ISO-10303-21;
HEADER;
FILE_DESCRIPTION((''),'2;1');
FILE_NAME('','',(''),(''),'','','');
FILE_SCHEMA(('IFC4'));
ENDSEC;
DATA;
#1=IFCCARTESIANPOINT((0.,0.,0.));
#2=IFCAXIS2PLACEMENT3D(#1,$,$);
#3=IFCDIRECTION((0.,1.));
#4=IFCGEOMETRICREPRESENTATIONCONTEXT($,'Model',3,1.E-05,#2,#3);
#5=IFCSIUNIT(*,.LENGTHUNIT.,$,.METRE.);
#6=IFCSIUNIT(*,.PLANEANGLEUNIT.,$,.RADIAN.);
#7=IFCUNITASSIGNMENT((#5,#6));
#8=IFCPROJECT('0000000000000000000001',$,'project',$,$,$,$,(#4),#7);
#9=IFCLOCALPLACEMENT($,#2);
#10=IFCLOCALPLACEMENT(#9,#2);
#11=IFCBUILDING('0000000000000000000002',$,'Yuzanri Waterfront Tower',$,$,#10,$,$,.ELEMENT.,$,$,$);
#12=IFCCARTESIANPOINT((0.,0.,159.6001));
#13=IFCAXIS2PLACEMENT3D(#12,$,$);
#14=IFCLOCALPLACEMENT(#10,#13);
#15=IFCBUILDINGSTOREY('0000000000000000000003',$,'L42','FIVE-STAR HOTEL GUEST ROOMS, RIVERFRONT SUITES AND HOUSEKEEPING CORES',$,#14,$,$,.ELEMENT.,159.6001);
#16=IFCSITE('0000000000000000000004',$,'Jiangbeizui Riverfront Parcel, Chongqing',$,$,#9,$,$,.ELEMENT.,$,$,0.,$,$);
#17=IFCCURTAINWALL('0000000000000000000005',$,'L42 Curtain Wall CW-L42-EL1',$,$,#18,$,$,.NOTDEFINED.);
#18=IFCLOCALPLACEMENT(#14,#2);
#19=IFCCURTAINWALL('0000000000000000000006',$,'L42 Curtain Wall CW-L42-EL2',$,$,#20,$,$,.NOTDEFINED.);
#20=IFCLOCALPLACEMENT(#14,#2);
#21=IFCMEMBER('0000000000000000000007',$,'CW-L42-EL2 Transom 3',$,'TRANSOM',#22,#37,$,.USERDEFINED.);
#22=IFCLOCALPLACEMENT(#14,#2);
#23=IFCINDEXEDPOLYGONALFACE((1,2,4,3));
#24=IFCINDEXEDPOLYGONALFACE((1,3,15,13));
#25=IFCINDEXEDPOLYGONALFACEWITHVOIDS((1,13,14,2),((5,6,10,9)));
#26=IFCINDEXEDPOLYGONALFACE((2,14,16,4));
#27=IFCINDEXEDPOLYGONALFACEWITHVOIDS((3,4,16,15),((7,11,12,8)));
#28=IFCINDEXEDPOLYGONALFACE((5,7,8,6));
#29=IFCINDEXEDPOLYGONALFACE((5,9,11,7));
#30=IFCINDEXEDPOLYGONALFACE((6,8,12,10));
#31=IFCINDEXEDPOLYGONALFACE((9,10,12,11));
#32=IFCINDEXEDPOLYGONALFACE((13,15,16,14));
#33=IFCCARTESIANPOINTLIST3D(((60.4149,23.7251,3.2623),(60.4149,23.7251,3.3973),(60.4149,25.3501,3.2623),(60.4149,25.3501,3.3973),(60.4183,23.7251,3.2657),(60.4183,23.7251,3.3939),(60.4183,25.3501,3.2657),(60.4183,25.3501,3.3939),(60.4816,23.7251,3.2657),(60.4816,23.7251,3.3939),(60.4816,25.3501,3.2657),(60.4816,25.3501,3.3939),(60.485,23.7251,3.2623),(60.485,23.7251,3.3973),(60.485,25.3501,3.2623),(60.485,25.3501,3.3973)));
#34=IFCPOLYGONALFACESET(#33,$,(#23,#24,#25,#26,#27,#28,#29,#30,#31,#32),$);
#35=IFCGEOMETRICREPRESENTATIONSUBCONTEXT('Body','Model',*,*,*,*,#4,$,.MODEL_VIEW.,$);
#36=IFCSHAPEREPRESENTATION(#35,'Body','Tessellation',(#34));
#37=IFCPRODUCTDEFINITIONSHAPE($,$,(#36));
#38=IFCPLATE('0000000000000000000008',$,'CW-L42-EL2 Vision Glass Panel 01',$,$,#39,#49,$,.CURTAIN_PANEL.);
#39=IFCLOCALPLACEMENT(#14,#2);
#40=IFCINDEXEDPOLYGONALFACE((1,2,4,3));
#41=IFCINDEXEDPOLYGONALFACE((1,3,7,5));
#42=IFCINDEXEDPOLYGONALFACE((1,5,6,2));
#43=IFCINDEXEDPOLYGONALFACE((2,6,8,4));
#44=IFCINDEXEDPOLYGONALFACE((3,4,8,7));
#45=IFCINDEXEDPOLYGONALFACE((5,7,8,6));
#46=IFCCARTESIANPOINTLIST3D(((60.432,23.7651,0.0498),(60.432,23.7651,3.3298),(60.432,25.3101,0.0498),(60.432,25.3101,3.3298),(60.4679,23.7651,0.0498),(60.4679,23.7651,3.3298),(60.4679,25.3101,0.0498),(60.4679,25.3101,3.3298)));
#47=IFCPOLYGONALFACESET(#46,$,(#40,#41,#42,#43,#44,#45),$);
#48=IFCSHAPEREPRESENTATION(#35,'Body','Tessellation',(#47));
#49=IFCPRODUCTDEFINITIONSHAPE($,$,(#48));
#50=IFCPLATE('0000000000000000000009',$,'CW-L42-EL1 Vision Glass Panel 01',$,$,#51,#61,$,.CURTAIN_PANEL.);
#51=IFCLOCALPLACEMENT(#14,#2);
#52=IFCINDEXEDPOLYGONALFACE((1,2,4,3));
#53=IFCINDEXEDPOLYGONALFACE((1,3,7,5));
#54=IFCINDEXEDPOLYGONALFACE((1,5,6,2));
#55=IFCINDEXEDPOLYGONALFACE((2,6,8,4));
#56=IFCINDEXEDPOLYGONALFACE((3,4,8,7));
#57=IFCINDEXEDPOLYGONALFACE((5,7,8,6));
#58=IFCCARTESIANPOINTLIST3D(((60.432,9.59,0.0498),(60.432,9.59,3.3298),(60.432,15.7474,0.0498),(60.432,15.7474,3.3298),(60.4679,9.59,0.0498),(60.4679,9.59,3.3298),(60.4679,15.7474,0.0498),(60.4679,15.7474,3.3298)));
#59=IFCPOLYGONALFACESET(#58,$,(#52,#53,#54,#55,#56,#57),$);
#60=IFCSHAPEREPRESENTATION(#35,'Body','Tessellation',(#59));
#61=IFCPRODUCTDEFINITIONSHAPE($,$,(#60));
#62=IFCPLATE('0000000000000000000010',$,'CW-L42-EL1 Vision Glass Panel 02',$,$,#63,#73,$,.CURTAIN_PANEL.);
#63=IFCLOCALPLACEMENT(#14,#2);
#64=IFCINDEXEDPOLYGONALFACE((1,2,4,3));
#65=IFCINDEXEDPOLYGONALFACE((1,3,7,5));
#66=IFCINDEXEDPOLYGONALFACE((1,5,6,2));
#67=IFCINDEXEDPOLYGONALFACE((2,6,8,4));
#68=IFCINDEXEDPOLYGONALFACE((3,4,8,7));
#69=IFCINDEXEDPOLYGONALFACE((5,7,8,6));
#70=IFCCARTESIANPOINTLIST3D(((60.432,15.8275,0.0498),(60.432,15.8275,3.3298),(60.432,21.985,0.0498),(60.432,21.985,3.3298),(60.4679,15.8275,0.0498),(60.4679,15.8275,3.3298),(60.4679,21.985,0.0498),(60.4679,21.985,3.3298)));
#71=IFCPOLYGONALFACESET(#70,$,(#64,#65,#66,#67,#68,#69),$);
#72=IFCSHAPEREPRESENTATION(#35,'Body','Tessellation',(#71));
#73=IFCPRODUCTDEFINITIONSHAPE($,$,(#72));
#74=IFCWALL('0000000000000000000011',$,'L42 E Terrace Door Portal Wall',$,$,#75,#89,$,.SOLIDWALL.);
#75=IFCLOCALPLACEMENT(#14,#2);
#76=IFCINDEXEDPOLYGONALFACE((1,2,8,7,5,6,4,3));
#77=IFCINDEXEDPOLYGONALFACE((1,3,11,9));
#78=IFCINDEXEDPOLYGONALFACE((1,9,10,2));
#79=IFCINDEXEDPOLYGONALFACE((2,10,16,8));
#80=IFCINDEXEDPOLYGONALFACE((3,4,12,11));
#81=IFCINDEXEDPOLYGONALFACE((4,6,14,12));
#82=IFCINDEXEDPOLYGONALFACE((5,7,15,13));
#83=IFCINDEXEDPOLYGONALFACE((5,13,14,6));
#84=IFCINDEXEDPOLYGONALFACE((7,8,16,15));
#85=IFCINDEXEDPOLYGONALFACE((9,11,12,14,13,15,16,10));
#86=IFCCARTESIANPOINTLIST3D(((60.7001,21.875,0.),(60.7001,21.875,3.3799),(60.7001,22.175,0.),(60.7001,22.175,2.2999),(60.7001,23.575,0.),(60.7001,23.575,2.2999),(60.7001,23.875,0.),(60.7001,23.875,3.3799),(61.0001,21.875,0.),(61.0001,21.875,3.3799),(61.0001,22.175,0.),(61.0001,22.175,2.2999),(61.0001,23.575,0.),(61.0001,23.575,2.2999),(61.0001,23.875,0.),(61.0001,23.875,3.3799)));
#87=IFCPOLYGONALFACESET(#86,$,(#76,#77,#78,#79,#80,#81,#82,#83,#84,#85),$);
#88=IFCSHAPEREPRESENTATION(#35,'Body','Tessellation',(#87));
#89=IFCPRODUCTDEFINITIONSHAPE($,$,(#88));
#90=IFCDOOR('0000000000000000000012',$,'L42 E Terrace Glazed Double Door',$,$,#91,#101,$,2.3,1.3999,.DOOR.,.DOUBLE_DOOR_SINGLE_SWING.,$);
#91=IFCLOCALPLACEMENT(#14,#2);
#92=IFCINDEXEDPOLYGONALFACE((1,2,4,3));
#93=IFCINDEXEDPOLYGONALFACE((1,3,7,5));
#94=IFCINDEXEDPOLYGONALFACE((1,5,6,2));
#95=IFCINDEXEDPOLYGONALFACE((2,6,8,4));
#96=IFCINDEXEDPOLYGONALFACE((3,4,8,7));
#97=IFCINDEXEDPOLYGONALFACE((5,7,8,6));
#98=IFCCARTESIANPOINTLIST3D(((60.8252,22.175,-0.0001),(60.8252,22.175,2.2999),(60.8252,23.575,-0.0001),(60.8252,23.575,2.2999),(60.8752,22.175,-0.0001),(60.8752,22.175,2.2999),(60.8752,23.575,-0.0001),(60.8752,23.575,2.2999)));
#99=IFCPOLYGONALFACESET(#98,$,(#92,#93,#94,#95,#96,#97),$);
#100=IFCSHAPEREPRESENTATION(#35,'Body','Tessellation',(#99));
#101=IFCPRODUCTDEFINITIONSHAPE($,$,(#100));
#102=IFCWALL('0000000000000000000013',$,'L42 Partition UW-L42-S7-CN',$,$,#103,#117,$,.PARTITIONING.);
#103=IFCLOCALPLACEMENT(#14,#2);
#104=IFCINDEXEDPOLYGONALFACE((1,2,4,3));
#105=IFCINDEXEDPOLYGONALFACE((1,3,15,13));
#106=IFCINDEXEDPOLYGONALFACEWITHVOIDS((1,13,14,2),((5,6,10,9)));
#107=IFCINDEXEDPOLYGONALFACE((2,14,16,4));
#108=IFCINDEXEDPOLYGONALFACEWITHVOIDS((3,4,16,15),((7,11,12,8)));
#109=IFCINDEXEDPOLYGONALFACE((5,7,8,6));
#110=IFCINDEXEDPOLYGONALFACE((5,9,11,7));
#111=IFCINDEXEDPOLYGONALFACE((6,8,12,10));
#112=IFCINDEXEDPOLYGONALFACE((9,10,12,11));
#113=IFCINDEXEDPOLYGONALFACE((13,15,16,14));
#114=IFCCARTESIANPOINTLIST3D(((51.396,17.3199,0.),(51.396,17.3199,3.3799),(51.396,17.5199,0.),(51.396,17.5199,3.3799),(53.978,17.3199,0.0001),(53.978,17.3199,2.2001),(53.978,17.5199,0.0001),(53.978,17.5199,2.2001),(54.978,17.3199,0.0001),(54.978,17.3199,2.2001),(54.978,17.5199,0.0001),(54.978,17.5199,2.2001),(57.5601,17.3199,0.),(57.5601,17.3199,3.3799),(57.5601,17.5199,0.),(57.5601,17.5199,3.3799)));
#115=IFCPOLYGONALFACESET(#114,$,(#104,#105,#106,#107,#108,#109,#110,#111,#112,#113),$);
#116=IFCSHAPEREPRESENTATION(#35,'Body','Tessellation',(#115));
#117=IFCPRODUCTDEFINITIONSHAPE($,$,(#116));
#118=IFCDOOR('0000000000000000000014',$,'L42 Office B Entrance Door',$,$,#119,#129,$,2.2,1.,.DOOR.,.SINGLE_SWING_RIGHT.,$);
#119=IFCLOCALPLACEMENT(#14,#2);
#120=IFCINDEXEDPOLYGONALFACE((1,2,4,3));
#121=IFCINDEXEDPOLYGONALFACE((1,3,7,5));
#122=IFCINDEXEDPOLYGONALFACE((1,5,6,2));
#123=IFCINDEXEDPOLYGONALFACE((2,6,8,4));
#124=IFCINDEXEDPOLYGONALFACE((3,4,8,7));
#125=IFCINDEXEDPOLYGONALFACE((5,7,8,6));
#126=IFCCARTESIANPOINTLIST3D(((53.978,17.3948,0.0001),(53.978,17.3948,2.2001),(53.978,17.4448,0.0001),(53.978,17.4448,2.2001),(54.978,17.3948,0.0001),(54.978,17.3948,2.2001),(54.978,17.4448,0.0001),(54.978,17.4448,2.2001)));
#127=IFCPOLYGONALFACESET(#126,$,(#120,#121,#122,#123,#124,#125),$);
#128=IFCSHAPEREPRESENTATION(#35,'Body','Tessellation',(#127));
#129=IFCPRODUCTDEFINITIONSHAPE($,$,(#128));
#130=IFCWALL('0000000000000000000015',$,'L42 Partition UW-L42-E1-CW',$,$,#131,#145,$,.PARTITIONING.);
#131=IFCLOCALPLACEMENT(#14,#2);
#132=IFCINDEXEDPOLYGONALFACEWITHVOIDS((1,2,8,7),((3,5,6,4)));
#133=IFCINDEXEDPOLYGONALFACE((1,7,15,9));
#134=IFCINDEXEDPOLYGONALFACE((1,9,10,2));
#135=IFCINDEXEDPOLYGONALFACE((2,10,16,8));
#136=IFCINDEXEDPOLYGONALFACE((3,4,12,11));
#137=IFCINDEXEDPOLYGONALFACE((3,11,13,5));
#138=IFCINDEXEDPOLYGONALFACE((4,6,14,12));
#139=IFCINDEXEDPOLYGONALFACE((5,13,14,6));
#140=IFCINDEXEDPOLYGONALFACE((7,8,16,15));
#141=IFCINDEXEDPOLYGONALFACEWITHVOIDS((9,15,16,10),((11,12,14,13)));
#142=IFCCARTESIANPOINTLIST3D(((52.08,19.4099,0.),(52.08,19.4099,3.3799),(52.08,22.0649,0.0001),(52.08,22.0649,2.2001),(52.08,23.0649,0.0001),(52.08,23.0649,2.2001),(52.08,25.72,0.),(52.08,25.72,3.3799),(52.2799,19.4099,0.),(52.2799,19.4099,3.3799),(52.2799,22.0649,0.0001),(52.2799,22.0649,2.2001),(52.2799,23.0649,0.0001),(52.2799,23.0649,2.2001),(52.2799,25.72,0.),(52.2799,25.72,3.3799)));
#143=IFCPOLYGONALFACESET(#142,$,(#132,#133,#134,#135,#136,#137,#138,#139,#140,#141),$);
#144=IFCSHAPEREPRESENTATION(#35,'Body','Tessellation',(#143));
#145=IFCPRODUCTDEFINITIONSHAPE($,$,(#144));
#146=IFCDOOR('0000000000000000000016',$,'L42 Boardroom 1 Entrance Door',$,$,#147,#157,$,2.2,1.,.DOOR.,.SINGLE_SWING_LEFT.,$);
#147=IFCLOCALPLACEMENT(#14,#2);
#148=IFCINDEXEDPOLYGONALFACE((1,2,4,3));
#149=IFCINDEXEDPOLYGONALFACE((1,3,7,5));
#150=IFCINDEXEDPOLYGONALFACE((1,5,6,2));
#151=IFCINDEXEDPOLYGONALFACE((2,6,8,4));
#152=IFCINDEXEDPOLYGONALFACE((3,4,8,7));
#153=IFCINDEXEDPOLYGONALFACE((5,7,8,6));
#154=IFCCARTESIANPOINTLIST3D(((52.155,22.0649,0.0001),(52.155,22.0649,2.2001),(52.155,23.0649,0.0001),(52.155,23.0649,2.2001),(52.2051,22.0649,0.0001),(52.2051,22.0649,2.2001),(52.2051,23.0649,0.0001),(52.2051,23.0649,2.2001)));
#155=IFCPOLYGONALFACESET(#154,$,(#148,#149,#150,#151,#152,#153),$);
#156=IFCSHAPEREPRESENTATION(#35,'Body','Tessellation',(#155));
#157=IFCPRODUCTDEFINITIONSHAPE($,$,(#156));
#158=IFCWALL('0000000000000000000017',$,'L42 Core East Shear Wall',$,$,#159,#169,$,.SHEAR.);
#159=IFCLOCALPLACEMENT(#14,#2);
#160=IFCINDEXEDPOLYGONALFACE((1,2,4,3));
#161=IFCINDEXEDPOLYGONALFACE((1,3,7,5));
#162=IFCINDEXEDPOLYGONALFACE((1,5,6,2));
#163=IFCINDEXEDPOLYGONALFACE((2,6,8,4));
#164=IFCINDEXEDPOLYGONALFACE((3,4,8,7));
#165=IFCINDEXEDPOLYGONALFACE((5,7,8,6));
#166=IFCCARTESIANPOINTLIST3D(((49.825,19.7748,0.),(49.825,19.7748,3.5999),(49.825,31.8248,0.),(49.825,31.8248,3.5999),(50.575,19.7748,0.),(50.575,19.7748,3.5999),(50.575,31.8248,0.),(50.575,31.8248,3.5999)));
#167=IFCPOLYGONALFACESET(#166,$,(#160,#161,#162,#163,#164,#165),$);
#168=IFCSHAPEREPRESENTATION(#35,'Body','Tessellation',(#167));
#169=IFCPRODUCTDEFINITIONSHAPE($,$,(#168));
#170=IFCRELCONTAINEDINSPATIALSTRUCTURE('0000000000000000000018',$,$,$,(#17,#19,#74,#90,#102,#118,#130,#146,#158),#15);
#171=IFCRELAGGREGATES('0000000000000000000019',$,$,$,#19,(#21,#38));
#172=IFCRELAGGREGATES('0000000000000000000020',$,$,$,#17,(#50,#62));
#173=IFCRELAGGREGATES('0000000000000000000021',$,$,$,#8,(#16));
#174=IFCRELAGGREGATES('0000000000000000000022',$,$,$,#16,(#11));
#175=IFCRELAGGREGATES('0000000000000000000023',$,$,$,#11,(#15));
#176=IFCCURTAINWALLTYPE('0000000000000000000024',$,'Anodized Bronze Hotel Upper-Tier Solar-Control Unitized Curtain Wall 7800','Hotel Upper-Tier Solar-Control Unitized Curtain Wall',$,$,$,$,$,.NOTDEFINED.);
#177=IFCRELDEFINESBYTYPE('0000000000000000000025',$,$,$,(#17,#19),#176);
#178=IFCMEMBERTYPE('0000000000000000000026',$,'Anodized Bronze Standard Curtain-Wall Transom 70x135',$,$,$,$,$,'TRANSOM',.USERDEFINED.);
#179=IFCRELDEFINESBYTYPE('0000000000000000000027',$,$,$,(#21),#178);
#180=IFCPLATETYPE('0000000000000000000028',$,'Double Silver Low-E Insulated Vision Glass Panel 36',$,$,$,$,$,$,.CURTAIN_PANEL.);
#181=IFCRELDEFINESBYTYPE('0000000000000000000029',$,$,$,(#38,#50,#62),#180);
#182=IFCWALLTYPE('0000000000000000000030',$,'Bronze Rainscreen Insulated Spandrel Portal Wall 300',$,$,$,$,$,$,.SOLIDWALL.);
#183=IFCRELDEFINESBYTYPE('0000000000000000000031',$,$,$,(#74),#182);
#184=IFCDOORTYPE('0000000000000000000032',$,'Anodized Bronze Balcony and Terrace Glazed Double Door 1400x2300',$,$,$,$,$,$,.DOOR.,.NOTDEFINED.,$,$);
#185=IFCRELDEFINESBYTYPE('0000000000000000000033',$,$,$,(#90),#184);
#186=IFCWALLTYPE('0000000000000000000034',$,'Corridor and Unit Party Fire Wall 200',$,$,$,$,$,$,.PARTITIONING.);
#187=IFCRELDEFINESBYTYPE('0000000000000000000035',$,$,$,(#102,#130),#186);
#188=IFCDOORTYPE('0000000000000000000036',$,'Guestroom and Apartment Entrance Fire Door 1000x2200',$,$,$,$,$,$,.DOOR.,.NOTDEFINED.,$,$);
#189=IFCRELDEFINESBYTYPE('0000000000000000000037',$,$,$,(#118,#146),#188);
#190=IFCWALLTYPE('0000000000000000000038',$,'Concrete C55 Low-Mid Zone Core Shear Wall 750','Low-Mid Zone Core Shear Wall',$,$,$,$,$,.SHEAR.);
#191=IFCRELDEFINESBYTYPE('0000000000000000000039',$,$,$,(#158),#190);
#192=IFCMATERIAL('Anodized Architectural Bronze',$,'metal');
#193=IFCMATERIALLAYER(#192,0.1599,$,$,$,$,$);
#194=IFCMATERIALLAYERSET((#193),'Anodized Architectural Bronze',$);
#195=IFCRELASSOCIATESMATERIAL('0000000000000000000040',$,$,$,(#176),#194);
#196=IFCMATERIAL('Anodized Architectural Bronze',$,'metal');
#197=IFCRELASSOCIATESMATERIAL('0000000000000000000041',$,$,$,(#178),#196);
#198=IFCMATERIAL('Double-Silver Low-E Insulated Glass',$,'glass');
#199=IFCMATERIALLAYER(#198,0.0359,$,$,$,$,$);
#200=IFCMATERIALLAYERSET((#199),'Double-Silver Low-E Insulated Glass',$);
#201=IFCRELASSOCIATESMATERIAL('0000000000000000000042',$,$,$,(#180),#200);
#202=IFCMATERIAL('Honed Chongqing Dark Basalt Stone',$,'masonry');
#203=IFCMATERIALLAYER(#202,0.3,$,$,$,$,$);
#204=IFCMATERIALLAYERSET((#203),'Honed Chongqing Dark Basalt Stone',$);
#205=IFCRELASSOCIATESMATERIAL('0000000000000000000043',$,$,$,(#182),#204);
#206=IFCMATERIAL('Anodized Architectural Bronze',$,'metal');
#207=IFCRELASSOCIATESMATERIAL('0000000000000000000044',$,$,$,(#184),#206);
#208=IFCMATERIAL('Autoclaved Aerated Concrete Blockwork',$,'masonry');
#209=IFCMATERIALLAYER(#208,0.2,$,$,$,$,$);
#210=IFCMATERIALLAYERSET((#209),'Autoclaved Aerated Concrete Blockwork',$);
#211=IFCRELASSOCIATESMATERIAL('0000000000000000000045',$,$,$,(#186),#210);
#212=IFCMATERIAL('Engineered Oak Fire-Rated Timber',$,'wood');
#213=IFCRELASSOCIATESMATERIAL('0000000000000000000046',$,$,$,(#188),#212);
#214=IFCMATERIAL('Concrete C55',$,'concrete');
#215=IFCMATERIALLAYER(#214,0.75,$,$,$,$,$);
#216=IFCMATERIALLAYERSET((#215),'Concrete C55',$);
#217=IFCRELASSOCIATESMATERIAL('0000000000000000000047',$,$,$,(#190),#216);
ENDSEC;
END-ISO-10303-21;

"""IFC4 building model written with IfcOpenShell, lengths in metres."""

from ifc_helpers import new_model, si_unit, direction, frame, frame_2d, origin, origin_2d, place, context, subcontext, project, spatial, rectangle, hollow_rectangle, extrude, source, transform, mapped, material, layer, layer_set, material_profile, profile_set, type_object, element, fill, aggregate, save


model = new_model("IFC4")

# Units and contexts
model_context = context("Model", 3, precision=1e-05, world=origin(), true_north=direction((0.0, 1.0)))
body_context = subcontext(model_context, "Body", "Model", "MODEL_VIEW")
ifc_project = project(units=[si_unit("LENGTHUNIT", "METRE"), si_unit("PLANEANGLEUNIT", "RADIAN")], contexts=[model_context])

# Site, building, storey
site_placement = place(None, origin())
site = spatial("IfcSite", under=ifc_project, at=site_placement, Name="Jiangbeizui Riverfront Parcel, Chongqing", CompositionType="ELEMENT", RefElevation=0.0)
building_placement = place(site_placement, origin())
building = spatial("IfcBuilding", under=site, at=building_placement, Name="Yuzanri Waterfront Tower", CompositionType="ELEMENT")
storey_placement = place(building_placement, frame((0.0, 0.0, 159.6001)))
storey = spatial("IfcBuildingStorey", under=building, at=storey_placement, Name="L42", Description="FIVE-STAR HOTEL GUEST ROOMS, RIVERFRONT SUITES AND HOUSEKEEPING CORES", CompositionType="ELEMENT", Elevation=159.6001)

# Curtain wall
ifc_material_1 = material(Name="Anodized Architectural Bronze", Category="metal")
ifc_layer_1 = layer(ifc_material_1, 0.1599)
ifc_layer_set_1 = layer_set([ifc_layer_1], Name="Anodized Architectural Bronze")
curtain_wall_type = type_object("IfcCurtainWallType", Name="Anodized Bronze Hotel Upper-Tier Solar-Control Unitized Curtain Wall 7800", Description="Hotel Upper-Tier Solar-Control Unitized Curtain Wall", PredefinedType="NOTDEFINED", material=ifc_layer_set_1)
curtain_wall_1_placement = place(storey_placement, origin())
curtain_wall_1 = element("IfcCurtainWall", 1, at=curtain_wall_1_placement, inside=storey, type_object=curtain_wall_type, Name="L42 Curtain Wall CW-L42-EL1", PredefinedType="NOTDEFINED")

# Curtain wall, member, plate
curtain_wall_2_placement = place(storey_placement, origin())
curtain_wall_2 = element("IfcCurtainWall", 2, at=curtain_wall_2_placement, inside=storey, type_object=curtain_wall_type, Name="L42 Curtain Wall CW-L42-EL2", PredefinedType="NOTDEFINED")
ifc_material_2 = material(Name="Anodized Architectural Bronze", Category="metal")
ifc_material_profile_1 = material_profile(ifc_material_2, hollow_rectangle(XDim=0.0701, YDim=0.135, WallThickness=0.0034, at=origin_2d()), Name="CWT 70x135")
ifc_profile_set_1 = profile_set([ifc_material_profile_1], Name="Anodized Architectural Bronze")
member_type_1 = type_object("IfcMemberType", Name="Anodized Bronze Standard Curtain-Wall Transom 70x135", ElementType="TRANSOM", PredefinedType="USERDEFINED", material=ifc_profile_set_1)
shared_shape_1 = source(origin(), body_context, "Body", "SweptSolid", [
    extrude(hollow_rectangle(XDim=0.0701, YDim=0.135, WallThickness=0.0034, at=origin_2d()), origin(), (0.0, 0.0, 1.0), 1.625),
])
member_1_placement = place(storey_placement, frame((60.45, 23.7251, 3.3298), z_axis=(0.0, 1.0, 0.0), x_axis=(-1.0, 0.0, 0.0)))
member_1 = element("IfcMember", 3, at=member_1_placement, type_object=member_type_1, Name="CW-L42-EL2 Transom 3", ObjectType="TRANSOM", PredefinedType="USERDEFINED", context=body_context, shape_type="MappedRepresentation", body=[
    mapped(shared_shape_1, transform((0.0, 0.0, 0.0), scale=1.0)),
])
ifc_material_3 = material(Name="Double-Silver Low-E Insulated Glass", Category="glass")
ifc_layer_2 = layer(ifc_material_3, 0.0359)
ifc_layer_set_2 = layer_set([ifc_layer_2], Name="Double-Silver Low-E Insulated Glass")
plate_type = type_object("IfcPlateType", Name="Double Silver Low-E Insulated Vision Glass Panel 36", PredefinedType="CURTAIN_PANEL", material=ifc_layer_set_2)
shared_shape_2 = source(origin(), body_context, "Body", "SweptSolid", [
    extrude(rectangle(XDim=1.5449, YDim=0.0359, at=origin_2d()), origin(), (0.0, 0.0, 1.0), 3.28),
])
plate_1_placement = place(storey_placement, frame((60.45, 24.5376, 0.0498), z_axis=(0.0, 0.0, 1.0), x_axis=(0.0, 1.0, 0.0)))
plate_1 = element("IfcPlate", 4, at=plate_1_placement, type_object=plate_type, Name="CW-L42-EL2 Vision Glass Panel 01", PredefinedType="CURTAIN_PANEL", context=body_context, shape_type="MappedRepresentation", body=[
    mapped(shared_shape_2, transform((0.0, 0.0, 0.0), scale=1.0)),
])
aggregate(curtain_wall_2, [member_1, plate_1])

# Plates
shared_shape_3 = source(origin(), body_context, "Body", "SweptSolid", [
    extrude(rectangle(XDim=6.1575, YDim=0.0359, at=origin_2d()), origin(), (0.0, 0.0, 1.0), 3.28),
])
plate_2_placement = place(storey_placement, frame((60.45, 12.6687, 0.0498), z_axis=(0.0, 0.0, 1.0), x_axis=(0.0, 1.0, 0.0)))
plate_2 = element("IfcPlate", 5, at=plate_2_placement, type_object=plate_type, Name="CW-L42-EL1 Vision Glass Panel 01", PredefinedType="CURTAIN_PANEL", context=body_context, shape_type="MappedRepresentation", body=[
    mapped(shared_shape_3, transform((0.0, 0.0, 0.0), scale=1.0)),
])
plate_3_placement = place(storey_placement, frame((60.45, 18.9062, 0.0498), z_axis=(0.0, 0.0, 1.0), x_axis=(0.0, 1.0, 0.0)))
plate_3 = element("IfcPlate", 6, at=plate_3_placement, type_object=plate_type, Name="CW-L42-EL1 Vision Glass Panel 02", PredefinedType="CURTAIN_PANEL", context=body_context, shape_type="MappedRepresentation", body=[
    mapped(shared_shape_3, transform((0.0, 0.0, 0.0), scale=1.0)),
])
aggregate(curtain_wall_1, [plate_2, plate_3])

# Walls, openings, doors
ifc_material_4 = material(Name="Honed Chongqing Dark Basalt Stone", Category="masonry")
ifc_layer_3 = layer(ifc_material_4, 0.3)
ifc_layer_set_3 = layer_set([ifc_layer_3], Name="Honed Chongqing Dark Basalt Stone")
wall_type_1 = type_object("IfcWallType", Name="Bronze Rainscreen Insulated Spandrel Portal Wall 300", PredefinedType="SOLIDWALL", material=ifc_layer_set_3)
wall_1_placement = place(storey_placement, frame((60.8501, 21.875, 0.0), z_axis=(0.0, 0.0, 1.0), x_axis=(0.0, 1.0, 0.0)))
wall_1 = element("IfcWall", 7, at=wall_1_placement, inside=storey, type_object=wall_type_1, Name="L42 E Terrace Door Portal Wall", PredefinedType="SOLIDWALL", context=body_context, shape_type="SweptSolid", body=[
    extrude(rectangle(XDim=2.0, YDim=0.3, at=frame_2d((1.0, 0.0))), origin(), (0.0, 0.0, 1.0), 3.3799),
])
opening_1_placement = place(wall_1_placement, frame((0.3, 0.0, 0.0)))
opening_1 = element("IfcOpeningElement", 8, at=opening_1_placement, cuts=wall_1, PredefinedType="OPENING", context=body_context, shape_type="SweptSolid", body=[
    extrude(rectangle(XDim=1.3999, YDim=2.3, at=frame_2d((0.7, 1.1499))), frame((0.0, 0.165, 0.0), z_axis=(0.0, -1.0, 0.0), x_axis=(1.0, 0.0, 0.0)), (0.0, 0.0, 1.0), 0.3298),
])
ifc_material_5 = material(Name="Anodized Architectural Bronze", Category="metal")
door_type_1 = type_object("IfcDoorType", Name="Anodized Bronze Balcony and Terrace Glazed Double Door 1400x2300", OperationType="NOTDEFINED", PredefinedType="DOOR", material=ifc_material_5)
shared_shape_4 = source(origin(), body_context, "Body", "SweptSolid", [
    extrude(rectangle(XDim=1.3999, YDim=2.3, at=frame_2d((0.7, 1.1499))), frame((0.0, 0.0249, 0.0), z_axis=(0.0, -1.0, 0.0), x_axis=(1.0, 0.0, 0.0)), (0.0, 0.0, 1.0), 0.05),
])
door_1_placement = place(opening_1_placement, origin())
door_1 = element("IfcDoor", 9, at=door_1_placement, inside=storey, type_object=door_type_1, Name="L42 E Terrace Glazed Double Door", OperationType="DOUBLE_DOOR_SINGLE_SWING", OverallHeight=2.3, OverallWidth=1.3999, PredefinedType="DOOR", context=body_context, shape_type="MappedRepresentation", body=[
    mapped(shared_shape_4, transform((0.0, 0.0, 0.0), scale=1.0)),
])
fill(opening_1, door_1)
ifc_material_6 = material(Name="Autoclaved Aerated Concrete Blockwork", Category="masonry")
ifc_layer_4 = layer(ifc_material_6, 0.2)
ifc_layer_set_4 = layer_set([ifc_layer_4], Name="Autoclaved Aerated Concrete Blockwork")
wall_type_2 = type_object("IfcWallType", Name="Corridor and Unit Party Fire Wall 200", PredefinedType="PARTITIONING", material=ifc_layer_set_4)
wall_2_placement = place(storey_placement, frame((51.396, 17.4199, 0.0), z_axis=(0.0, 0.0, 1.0), x_axis=(1.0, 0.0, 0.0)))
wall_2 = element("IfcWall", 10, at=wall_2_placement, inside=storey, type_object=wall_type_2, Name="L42 Partition UW-L42-S7-CN", PredefinedType="PARTITIONING", context=body_context, shape_type="SweptSolid", body=[
    extrude(rectangle(XDim=6.1641, YDim=0.2, at=frame_2d((3.082, 0.0))), origin(), (0.0, 0.0, 1.0), 3.3799),
])
opening_2_placement = place(wall_2_placement, frame((2.582, 0.0, 0.0)))
opening_2 = element("IfcOpeningElement", 11, at=opening_2_placement, cuts=wall_2, PredefinedType="OPENING", context=body_context, shape_type="SweptSolid", body=[
    extrude(rectangle(XDim=1.0, YDim=2.2, at=frame_2d((0.5, 1.1001))), frame((0.0, 0.1147, 0.0), z_axis=(0.0, -1.0, 0.0), x_axis=(1.0, 0.0, 0.0)), (0.0, 0.0, 1.0), 0.2297),
])
ifc_material_7 = material(Name="Engineered Oak Fire-Rated Timber", Category="wood")
door_type_2 = type_object("IfcDoorType", Name="Guestroom and Apartment Entrance Fire Door 1000x2200", OperationType="NOTDEFINED", PredefinedType="DOOR", material=ifc_material_7)
shared_shape_5 = source(origin(), body_context, "Body", "SweptSolid", [
    extrude(rectangle(XDim=1.0, YDim=2.2, at=frame_2d((0.5, 1.1001))), frame((0.0, 0.0249, 0.0), z_axis=(0.0, -1.0, 0.0), x_axis=(1.0, 0.0, 0.0)), (0.0, 0.0, 1.0), 0.05),
])
door_2_placement = place(opening_2_placement, origin())
door_2 = element("IfcDoor", 12, at=door_2_placement, inside=storey, type_object=door_type_2, Name="L42 Office B Entrance Door", OperationType="SINGLE_SWING_RIGHT", OverallHeight=2.2, OverallWidth=1.0, PredefinedType="DOOR", context=body_context, shape_type="MappedRepresentation", body=[
    mapped(shared_shape_5, transform((0.0, 0.0, 0.0), scale=1.0)),
])
fill(opening_2, door_2)
wall_3_placement = place(storey_placement, frame((52.1799, 19.4099, 0.0), z_axis=(0.0, 0.0, 1.0), x_axis=(0.0, 1.0, 0.0)))
wall_3 = element("IfcWall", 13, at=wall_3_placement, inside=storey, type_object=wall_type_2, Name="L42 Partition UW-L42-E1-CW", PredefinedType="PARTITIONING", context=body_context, shape_type="SweptSolid", body=[
    extrude(rectangle(XDim=6.3101, YDim=0.2, at=frame_2d((3.155, 0.0))), origin(), (0.0, 0.0, 1.0), 3.3799),
])
opening_3_placement = place(wall_3_placement, frame((2.655, 0.0, 0.0)))
opening_3 = element("IfcOpeningElement", 14, at=opening_3_placement, cuts=wall_3, PredefinedType="OPENING", context=body_context, shape_type="SweptSolid", body=[
    extrude(rectangle(XDim=1.0, YDim=2.2, at=frame_2d((0.5, 1.1001))), frame((0.0, 0.1147, 0.0), z_axis=(0.0, -1.0, 0.0), x_axis=(1.0, 0.0, 0.0)), (0.0, 0.0, 1.0), 0.2297),
])
door_3_placement = place(opening_3_placement, origin())
door_3 = element("IfcDoor", 15, at=door_3_placement, inside=storey, type_object=door_type_2, Name="L42 Boardroom 1 Entrance Door", OperationType="SINGLE_SWING_LEFT", OverallHeight=2.2, OverallWidth=1.0, PredefinedType="DOOR", context=body_context, shape_type="MappedRepresentation", body=[
    mapped(shared_shape_5, transform((0.0, 0.0, 0.0), scale=1.0)),
])
fill(opening_3, door_3)

# Wall
ifc_material_8 = material(Name="Concrete C55", Category="concrete")
ifc_layer_5 = layer(ifc_material_8, 0.75)
ifc_layer_set_5 = layer_set([ifc_layer_5], Name="Concrete C55")
wall_type_3 = type_object("IfcWallType", Name="Concrete C55 Low-Mid Zone Core Shear Wall 750", Description="Low-Mid Zone Core Shear Wall", PredefinedType="SHEAR", material=ifc_layer_set_5)
shared_shape_6 = source(origin(), body_context, "Body", "SweptSolid", [
    extrude(rectangle(XDim=12.05, YDim=0.75, at=frame_2d((6.0249, 0.0))), origin(), (0.0, 0.0, 1.0), 3.5999),
])
wall_4_placement = place(storey_placement, frame((50.2, 19.7749, 0.0), z_axis=(0.0, 0.0, 1.0), x_axis=(0.0, 1.0, 0.0)))
element("IfcWall", 16, at=wall_4_placement, inside=storey, type_object=wall_type_3, Name="L42 Core East Shear Wall", PredefinedType="SHEAR", context=body_context, shape_type="MappedRepresentation", body=[
    mapped(shared_shape_6, transform((0.0, 0.0, 0.0), scale=1.0)),
])

save(model, "model.ifc")
